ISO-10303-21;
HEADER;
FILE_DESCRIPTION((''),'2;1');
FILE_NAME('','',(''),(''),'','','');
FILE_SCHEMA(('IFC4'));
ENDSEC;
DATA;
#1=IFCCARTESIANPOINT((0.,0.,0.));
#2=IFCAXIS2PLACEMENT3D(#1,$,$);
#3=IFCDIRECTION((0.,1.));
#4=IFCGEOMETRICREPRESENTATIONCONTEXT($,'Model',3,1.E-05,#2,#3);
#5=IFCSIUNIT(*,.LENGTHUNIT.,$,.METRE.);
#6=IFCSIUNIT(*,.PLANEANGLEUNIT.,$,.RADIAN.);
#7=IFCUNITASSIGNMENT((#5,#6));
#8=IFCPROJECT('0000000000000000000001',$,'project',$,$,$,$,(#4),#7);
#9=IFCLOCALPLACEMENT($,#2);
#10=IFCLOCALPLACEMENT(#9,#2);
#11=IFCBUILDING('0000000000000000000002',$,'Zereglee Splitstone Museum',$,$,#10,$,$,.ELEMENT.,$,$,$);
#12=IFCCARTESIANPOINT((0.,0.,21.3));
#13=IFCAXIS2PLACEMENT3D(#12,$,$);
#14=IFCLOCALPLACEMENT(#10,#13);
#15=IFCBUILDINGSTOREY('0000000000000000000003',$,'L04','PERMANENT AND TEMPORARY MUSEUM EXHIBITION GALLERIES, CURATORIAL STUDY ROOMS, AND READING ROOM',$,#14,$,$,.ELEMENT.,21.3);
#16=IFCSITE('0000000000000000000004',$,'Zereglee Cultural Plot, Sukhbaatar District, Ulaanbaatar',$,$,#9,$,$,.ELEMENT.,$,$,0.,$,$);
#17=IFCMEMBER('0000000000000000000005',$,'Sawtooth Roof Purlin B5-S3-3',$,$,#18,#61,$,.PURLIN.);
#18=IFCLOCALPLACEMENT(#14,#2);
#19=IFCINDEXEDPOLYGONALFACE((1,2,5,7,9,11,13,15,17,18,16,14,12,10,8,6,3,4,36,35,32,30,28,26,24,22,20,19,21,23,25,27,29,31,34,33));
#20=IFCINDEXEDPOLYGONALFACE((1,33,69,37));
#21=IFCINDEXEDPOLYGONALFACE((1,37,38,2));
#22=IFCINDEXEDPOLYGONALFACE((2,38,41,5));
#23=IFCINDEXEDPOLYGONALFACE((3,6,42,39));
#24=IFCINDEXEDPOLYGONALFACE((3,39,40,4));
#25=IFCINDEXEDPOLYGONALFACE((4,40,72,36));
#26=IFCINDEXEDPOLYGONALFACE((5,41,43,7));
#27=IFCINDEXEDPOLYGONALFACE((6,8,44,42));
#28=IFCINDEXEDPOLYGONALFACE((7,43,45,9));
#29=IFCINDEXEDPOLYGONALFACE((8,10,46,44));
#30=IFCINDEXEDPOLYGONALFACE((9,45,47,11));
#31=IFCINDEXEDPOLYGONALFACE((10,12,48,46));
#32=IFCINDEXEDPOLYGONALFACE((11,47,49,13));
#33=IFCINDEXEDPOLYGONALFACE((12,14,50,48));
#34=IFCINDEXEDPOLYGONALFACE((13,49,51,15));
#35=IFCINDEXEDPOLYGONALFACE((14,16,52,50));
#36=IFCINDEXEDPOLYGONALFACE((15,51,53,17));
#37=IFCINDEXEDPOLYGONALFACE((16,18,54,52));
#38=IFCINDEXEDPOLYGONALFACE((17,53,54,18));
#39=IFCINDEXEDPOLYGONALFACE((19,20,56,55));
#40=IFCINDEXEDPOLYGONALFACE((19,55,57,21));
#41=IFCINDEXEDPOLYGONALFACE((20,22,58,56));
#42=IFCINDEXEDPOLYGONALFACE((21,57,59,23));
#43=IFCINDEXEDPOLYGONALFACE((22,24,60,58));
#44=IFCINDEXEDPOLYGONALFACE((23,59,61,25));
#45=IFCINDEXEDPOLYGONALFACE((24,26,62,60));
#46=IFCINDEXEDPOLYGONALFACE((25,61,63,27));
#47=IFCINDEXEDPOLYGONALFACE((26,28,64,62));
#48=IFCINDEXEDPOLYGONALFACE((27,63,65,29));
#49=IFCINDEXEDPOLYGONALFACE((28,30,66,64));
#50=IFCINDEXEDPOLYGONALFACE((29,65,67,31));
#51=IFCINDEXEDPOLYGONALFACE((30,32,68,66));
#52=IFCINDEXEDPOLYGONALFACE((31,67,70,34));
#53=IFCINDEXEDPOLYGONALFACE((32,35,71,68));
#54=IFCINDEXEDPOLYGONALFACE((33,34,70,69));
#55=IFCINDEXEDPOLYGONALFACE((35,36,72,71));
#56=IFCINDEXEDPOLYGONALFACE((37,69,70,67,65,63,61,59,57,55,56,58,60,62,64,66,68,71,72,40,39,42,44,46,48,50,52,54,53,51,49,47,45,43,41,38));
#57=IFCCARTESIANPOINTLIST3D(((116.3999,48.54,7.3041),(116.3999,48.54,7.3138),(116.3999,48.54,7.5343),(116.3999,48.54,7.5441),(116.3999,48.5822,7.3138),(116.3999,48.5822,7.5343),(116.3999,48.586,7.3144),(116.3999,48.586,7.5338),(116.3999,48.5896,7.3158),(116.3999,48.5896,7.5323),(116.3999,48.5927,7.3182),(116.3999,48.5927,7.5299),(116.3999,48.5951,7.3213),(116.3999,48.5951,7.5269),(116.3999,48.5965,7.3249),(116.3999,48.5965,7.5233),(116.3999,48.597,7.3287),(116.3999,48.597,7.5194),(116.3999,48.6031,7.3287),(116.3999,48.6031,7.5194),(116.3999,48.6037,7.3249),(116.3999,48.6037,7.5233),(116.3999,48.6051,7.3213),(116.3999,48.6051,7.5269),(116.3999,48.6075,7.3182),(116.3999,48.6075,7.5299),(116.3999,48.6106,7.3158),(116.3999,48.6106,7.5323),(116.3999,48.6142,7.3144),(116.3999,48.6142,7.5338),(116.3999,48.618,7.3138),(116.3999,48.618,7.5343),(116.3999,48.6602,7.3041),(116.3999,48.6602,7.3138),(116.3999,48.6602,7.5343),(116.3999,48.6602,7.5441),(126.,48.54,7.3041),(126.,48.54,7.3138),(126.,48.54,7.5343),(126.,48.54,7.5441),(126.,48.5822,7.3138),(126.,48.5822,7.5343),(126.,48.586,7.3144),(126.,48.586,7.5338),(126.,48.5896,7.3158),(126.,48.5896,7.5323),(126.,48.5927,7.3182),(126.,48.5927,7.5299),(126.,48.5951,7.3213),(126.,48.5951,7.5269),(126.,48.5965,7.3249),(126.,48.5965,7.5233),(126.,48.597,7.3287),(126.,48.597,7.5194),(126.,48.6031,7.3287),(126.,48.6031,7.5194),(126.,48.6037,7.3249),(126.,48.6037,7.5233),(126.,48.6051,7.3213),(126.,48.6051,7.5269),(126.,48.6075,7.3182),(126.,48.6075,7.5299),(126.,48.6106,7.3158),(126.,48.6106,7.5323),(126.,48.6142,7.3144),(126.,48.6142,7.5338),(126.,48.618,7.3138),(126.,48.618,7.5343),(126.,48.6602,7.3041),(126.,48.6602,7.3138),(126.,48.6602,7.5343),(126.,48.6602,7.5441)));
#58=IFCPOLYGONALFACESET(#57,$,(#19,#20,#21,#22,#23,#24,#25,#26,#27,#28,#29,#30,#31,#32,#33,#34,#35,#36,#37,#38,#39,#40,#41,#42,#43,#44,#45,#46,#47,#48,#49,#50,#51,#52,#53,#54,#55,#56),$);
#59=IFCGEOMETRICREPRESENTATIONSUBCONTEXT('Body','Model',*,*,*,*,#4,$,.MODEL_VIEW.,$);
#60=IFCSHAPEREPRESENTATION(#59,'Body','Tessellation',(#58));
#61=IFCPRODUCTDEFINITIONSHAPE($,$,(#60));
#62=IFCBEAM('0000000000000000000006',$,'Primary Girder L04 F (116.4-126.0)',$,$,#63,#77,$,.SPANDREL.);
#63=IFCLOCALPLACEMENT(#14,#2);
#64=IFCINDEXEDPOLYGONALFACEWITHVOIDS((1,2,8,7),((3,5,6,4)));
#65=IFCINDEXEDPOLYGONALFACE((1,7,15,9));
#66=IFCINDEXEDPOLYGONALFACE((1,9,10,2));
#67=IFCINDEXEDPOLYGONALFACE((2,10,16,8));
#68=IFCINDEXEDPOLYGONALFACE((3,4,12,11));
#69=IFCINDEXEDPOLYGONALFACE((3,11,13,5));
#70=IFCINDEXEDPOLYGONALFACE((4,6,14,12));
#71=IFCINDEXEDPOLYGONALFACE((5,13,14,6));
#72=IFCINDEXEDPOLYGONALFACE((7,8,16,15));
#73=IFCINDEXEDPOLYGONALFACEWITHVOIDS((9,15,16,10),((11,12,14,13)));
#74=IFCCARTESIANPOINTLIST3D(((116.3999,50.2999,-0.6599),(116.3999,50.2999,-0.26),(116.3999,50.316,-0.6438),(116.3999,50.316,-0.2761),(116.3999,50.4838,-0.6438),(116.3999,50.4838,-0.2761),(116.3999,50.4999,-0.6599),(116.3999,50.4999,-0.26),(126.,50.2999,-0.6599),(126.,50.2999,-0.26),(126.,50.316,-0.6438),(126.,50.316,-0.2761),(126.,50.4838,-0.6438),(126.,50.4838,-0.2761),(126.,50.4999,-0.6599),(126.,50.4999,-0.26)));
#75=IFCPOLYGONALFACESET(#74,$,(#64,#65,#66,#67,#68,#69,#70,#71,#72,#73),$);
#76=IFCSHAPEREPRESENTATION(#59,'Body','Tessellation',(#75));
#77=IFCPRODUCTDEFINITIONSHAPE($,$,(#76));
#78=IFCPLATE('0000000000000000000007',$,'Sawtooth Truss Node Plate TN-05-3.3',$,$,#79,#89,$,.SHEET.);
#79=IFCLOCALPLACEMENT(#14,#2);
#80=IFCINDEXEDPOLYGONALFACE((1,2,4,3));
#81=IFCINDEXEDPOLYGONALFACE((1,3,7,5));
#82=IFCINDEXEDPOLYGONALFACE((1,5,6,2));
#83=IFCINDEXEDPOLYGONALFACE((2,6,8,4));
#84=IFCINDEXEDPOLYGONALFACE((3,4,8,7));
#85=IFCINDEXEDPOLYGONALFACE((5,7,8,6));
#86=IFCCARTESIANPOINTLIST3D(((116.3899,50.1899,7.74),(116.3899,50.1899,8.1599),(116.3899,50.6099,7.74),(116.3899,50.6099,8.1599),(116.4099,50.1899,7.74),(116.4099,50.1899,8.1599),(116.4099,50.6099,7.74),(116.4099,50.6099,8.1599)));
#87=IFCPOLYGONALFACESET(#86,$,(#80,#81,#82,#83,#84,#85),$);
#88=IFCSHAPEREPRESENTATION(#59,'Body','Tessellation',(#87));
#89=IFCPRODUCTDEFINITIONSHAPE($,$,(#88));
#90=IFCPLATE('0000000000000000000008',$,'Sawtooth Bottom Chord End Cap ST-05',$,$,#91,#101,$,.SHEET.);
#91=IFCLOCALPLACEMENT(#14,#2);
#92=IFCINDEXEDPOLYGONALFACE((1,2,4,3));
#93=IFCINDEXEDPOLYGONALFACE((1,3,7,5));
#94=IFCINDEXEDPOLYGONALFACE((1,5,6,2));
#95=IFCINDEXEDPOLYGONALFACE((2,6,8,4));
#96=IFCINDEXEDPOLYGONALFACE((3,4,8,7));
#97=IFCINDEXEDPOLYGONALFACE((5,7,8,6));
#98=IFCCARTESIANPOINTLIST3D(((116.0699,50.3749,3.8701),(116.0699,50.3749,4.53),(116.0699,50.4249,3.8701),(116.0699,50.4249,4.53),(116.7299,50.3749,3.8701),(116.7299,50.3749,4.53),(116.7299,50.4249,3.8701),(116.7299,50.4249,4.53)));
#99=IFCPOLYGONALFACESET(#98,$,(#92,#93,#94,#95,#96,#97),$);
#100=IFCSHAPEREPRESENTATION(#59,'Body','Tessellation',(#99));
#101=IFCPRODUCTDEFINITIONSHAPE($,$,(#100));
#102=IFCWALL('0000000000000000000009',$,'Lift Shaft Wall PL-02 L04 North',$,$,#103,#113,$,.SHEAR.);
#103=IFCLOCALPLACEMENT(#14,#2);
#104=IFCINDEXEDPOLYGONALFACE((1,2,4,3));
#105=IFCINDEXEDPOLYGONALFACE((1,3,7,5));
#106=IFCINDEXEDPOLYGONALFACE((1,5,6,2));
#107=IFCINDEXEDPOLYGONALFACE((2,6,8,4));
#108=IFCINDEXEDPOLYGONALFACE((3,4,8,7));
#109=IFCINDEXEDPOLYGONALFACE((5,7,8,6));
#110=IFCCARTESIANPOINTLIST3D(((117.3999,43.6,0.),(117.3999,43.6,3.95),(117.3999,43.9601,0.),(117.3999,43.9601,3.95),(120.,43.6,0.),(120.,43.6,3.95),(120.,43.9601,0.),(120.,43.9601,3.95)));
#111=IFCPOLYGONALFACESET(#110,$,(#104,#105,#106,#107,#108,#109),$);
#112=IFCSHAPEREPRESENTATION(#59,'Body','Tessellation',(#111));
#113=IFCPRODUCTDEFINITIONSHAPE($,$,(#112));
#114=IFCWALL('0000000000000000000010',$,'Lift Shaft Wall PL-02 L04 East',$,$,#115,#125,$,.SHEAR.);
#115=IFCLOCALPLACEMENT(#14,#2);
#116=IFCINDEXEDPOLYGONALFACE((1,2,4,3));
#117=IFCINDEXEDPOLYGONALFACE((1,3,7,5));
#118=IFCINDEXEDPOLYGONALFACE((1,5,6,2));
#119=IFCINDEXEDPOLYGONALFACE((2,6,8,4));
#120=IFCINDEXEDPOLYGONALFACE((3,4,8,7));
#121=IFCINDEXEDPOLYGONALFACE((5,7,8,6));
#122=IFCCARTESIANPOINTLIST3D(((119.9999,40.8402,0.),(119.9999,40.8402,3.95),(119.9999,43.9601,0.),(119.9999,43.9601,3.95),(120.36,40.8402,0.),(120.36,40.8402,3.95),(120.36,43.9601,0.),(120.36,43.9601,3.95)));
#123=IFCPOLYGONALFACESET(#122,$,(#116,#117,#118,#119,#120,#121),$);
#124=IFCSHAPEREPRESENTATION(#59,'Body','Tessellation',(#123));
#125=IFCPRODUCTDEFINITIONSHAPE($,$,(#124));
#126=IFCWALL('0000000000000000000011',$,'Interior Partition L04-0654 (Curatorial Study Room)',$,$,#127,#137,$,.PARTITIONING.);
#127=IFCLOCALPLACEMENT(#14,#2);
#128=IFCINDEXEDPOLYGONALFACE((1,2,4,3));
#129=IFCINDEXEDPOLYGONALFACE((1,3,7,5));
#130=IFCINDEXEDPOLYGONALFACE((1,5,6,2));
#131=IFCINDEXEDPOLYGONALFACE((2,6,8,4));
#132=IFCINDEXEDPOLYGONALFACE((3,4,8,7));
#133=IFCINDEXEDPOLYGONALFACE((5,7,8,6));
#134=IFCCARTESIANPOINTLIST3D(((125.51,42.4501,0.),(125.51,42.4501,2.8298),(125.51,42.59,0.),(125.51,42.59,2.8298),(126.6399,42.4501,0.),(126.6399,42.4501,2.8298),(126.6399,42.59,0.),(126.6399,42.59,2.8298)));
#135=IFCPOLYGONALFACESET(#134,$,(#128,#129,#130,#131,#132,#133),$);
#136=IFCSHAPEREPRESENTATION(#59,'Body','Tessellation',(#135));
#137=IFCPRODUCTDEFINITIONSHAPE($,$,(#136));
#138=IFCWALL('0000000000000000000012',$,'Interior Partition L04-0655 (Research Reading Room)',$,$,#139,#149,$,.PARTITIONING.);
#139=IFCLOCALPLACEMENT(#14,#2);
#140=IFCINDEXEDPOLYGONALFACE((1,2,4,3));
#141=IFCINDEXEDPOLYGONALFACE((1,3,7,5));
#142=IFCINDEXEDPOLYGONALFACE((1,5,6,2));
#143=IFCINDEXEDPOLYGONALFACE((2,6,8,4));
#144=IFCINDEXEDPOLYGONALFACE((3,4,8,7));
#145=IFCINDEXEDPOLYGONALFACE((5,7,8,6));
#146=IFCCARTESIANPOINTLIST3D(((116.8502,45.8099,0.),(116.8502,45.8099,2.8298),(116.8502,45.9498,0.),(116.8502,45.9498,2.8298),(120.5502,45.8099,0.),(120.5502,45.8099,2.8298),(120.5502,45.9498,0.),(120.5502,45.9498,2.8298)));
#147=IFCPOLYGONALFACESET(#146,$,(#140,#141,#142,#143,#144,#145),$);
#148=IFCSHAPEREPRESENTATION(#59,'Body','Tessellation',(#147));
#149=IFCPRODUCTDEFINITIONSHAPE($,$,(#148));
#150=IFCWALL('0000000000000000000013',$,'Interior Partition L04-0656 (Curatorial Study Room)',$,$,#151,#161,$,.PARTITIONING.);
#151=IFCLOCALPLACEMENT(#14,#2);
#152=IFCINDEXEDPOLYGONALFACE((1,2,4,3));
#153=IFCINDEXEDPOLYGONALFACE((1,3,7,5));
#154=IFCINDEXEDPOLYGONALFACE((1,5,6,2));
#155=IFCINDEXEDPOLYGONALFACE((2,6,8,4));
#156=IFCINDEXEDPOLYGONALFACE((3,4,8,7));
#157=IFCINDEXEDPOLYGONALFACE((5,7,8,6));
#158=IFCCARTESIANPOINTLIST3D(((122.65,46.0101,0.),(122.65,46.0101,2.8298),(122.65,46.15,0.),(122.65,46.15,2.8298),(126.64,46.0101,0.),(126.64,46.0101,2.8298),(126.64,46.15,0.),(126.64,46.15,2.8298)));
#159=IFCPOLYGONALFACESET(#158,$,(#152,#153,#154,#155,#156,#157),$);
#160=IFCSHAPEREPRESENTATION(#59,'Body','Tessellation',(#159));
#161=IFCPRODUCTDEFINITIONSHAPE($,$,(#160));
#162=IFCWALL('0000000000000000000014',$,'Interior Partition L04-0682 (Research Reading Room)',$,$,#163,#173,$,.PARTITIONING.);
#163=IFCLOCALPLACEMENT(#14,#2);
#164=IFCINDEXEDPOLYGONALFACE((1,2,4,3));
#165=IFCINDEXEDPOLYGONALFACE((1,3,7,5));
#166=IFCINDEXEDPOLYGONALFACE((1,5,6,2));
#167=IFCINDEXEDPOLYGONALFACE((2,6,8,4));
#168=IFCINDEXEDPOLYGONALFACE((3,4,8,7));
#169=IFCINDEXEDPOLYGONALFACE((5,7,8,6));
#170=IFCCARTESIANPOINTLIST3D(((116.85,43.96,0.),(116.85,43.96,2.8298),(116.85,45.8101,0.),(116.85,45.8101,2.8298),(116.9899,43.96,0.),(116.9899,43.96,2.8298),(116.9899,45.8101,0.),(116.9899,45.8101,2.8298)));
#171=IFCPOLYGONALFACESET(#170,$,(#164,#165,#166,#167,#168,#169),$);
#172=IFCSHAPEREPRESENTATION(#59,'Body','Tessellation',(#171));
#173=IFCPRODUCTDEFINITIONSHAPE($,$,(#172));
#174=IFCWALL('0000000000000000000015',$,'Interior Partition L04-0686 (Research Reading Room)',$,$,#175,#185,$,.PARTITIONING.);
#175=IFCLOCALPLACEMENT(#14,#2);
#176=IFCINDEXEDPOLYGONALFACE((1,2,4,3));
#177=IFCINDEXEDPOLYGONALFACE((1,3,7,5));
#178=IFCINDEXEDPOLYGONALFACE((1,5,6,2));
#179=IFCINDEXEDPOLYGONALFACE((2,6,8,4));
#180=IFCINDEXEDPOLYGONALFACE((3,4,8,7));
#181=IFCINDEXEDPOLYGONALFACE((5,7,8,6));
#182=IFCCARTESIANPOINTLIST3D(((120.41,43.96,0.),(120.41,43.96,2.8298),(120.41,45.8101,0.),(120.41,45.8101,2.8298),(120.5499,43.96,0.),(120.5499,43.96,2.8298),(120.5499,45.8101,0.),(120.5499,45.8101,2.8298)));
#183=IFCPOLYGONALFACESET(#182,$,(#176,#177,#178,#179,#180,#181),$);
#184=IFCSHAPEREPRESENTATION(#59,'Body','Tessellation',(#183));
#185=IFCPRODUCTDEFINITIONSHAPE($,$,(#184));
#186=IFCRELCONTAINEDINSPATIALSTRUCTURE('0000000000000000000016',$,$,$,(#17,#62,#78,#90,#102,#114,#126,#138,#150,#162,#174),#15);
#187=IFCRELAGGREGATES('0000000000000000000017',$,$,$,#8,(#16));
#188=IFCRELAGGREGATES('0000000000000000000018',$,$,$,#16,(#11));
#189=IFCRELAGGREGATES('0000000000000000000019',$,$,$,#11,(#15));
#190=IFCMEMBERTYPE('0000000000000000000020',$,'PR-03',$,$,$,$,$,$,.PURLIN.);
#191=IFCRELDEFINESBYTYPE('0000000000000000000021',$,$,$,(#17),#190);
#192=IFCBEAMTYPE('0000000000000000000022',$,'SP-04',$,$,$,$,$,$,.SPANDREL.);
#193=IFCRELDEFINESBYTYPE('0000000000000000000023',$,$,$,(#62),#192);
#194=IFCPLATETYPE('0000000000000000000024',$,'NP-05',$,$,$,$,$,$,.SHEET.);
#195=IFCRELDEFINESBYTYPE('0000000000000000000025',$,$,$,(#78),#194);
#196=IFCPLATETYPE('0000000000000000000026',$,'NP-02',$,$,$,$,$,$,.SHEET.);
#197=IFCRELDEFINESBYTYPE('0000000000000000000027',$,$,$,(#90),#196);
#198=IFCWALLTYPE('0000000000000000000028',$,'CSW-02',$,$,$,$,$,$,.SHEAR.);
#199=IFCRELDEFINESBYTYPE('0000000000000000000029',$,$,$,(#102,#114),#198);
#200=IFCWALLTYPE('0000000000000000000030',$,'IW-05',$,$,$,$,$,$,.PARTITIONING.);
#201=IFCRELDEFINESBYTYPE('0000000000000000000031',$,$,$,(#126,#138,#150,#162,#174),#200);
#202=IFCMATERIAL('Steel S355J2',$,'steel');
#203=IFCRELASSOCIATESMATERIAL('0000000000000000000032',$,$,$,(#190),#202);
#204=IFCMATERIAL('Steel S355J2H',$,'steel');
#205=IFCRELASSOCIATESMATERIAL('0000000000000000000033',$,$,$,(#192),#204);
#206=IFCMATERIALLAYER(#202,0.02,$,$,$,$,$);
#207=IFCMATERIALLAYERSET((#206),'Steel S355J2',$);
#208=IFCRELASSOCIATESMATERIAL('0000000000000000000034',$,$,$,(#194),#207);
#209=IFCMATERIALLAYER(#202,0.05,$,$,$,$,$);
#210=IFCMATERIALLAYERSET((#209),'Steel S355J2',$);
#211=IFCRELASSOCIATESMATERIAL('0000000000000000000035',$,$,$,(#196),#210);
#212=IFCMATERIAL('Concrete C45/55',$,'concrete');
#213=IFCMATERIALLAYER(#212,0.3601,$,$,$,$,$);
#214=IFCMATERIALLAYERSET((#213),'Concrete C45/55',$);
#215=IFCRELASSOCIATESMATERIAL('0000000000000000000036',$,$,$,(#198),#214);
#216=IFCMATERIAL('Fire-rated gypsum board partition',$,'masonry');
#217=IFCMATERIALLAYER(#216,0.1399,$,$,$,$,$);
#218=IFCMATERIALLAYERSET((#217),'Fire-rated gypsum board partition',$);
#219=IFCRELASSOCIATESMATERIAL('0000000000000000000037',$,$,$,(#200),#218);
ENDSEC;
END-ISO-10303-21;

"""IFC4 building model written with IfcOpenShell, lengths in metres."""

from ifc_helpers import new_model, si_unit, direction, frame, frame_2d, origin, origin_2d, place, context, subcontext, project, spatial, rectangle, hollow_rectangle, i_section, extrude, material, layer, layer_set, material_profile, profile_set, type_object, element, save


model = new_model("IFC4")

# Units and contexts
model_context = context("Model", 3, precision=1e-05, world=origin(), true_north=direction((0.0, 1.0)))
body_context = subcontext(model_context, "Body", "Model", "MODEL_VIEW")
ifc_project = project(units=[si_unit("LENGTHUNIT", "METRE"), si_unit("PLANEANGLEUNIT", "RADIAN")], contexts=[model_context])

# Site, building, storey
site_placement = place(None, origin())
site = spatial("IfcSite", under=ifc_project, at=site_placement, Name="Zereglee Cultural Plot, Sukhbaatar District, Ulaanbaatar", CompositionType="ELEMENT", RefElevation=0.0)
building_placement = place(site_placement, origin())
building = spatial("IfcBuilding", under=site, at=building_placement, Name="Zereglee Splitstone Museum", CompositionType="ELEMENT")
storey_placement = place(building_placement, frame((0.0, 0.0, 21.3)))
storey = spatial("IfcBuildingStorey", under=building, at=storey_placement, Name="L04", Description="PERMANENT AND TEMPORARY MUSEUM EXHIBITION GALLERIES, CURATORIAL STUDY ROOMS, AND READING ROOM", CompositionType="ELEMENT", Elevation=21.3)

# Shared definitions
ifc_material_1 = material(Name="Steel S355J2", Category="steel")

# Shared definitions
ifc_material_2 = material(Name="Steel S355J2H", Category="steel")

# Member
ifc_material_profile_1 = material_profile(ifc_material_1, i_section(OverallWidth=0.1201, OverallDepth=0.24, WebThickness=0.0061, FlangeThickness=0.0098, FilletRadius=0.0149, at=origin_2d()), Name="IPE 240")
ifc_profile_set_1 = profile_set([ifc_material_profile_1], Name="Steel S355J2")
member_type_1 = type_object("IfcMemberType", Name="PR-03", PredefinedType="PURLIN", material=ifc_profile_set_1)
for number, where, z_axis, x_axis, name in (
    (1, (116.3999, 48.6001, 7.4241), (1.0, 0.0, 0.0), (0.0, 1.0, 0.0), "Sawtooth Roof Purlin B5-S3-3"),
):
    element("IfcMember", number, at=place(storey_placement, frame(where, z_axis=z_axis, x_axis=x_axis)), inside=storey, type_object=member_type_1, Name=name, PredefinedType="PURLIN", context=body_context, shape_type="SweptSolid", body=[
        extrude(i_section(OverallWidth=0.1201, OverallDepth=0.24, WebThickness=0.0061, FlangeThickness=0.0098, FilletRadius=0.0149, at=origin_2d()), origin(), (0.0, 0.0, 1.0), 9.6001),
    ])

# Beam
ifc_material_profile_2 = material_profile(ifc_material_2, hollow_rectangle(XDim=0.2, YDim=0.3999, WallThickness=0.0161, at=origin_2d()), Name="RHS 400x200x16")
ifc_profile_set_2 = profile_set([ifc_material_profile_2], Name="Steel S355J2H")
beam_type_1 = type_object("IfcBeamType", Name="SP-04", PredefinedType="SPANDREL", material=ifc_profile_set_2)
beam_1_placement = place(storey_placement, frame((116.3999, 50.3999, -0.46), z_axis=(1.0, 0.0, 0.0), x_axis=(0.0, 1.0, 0.0)))
element("IfcBeam", 2, at=beam_1_placement, inside=storey, type_object=beam_type_1, Name="Primary Girder L04 F (116.4-126.0)", PredefinedType="SPANDREL", context=body_context, shape_type="SweptSolid", body=[
    extrude(hollow_rectangle(XDim=0.2, YDim=0.3999, WallThickness=0.0161, at=origin_2d()), origin(), (0.0, 0.0, 1.0), 9.6001),
])

# Plates
ifc_layer_1 = layer(ifc_material_1, 0.02)
ifc_layer_set_1 = layer_set([ifc_layer_1], Name="Steel S355J2")
plate_type_1 = type_object("IfcPlateType", Name="NP-05", PredefinedType="SHEET", material=ifc_layer_set_1)
plate_1_placement = place(storey_placement, frame((116.3999, 50.3999, 7.74), z_axis=(0.0, 0.0, 1.0), x_axis=(1.0, 0.0, 0.0)))
element("IfcPlate", 3, at=plate_1_placement, inside=storey, type_object=plate_type_1, Name="Sawtooth Truss Node Plate TN-05-3.3", PredefinedType="SHEET", context=body_context, shape_type="SweptSolid", body=[
    extrude(rectangle(XDim=0.02, YDim=0.4199, at=origin_2d()), origin(), (0.0, 0.0, 1.0), 0.4199),
])
ifc_layer_2 = layer(ifc_material_1, 0.05)
ifc_layer_set_2 = layer_set([ifc_layer_2], Name="Steel S355J2")
plate_type_2 = type_object("IfcPlateType", Name="NP-02", PredefinedType="SHEET", material=ifc_layer_set_2)
plate_2_placement = place(storey_placement, frame((116.3999, 50.3999, 3.8701), z_axis=(0.0, 0.0, 1.0), x_axis=(1.0, 0.0, 0.0)))
element("IfcPlate", 4, at=plate_2_placement, inside=storey, type_object=plate_type_2, Name="Sawtooth Bottom Chord End Cap ST-05", PredefinedType="SHEET", context=body_context, shape_type="SweptSolid", body=[
    extrude(rectangle(XDim=0.6599, YDim=0.05, at=origin_2d()), origin(), (0.0, 0.0, 1.0), 0.6599),
])

# Wall
ifc_material_3 = material(Name="Concrete C45/55", Category="concrete")
ifc_layer_3 = layer(ifc_material_3, 0.3601)
ifc_layer_set_3 = layer_set([ifc_layer_3], Name="Concrete C45/55")
wall_type_1 = type_object("IfcWallType", Name="CSW-02", PredefinedType="SHEAR", material=ifc_layer_set_3)
wall_1_placement = place(storey_placement, frame((117.3999, 43.78, 0.0), z_axis=(0.0, 0.0, 1.0), x_axis=(1.0, 0.0, 0.0)))
element("IfcWall", 5, at=wall_1_placement, inside=storey, type_object=wall_type_1, Name="Lift Shaft Wall PL-02 L04 North", PredefinedType="SHEAR", context=body_context, shape_type="SweptSolid", body=[
    extrude(rectangle(XDim=2.6001, YDim=0.3601, at=frame_2d((1.3, 0.0))), origin(), (0.0, 0.0, 1.0), 3.95),
])

# Walls
wall_2_placement = place(storey_placement, frame((120.1799, 40.8401, 0.0), z_axis=(0.0, 0.0, 1.0), x_axis=(0.0, 1.0, 0.0)))
element("IfcWall", 6, at=wall_2_placement, inside=storey, type_object=wall_type_1, Name="Lift Shaft Wall PL-02 L04 East", PredefinedType="SHEAR", context=body_context, shape_type="SweptSolid", body=[
    extrude(rectangle(XDim=3.1199, YDim=0.3601, at=frame_2d((1.5601, 0.0))), origin(), (0.0, 0.0, 1.0), 3.95),
])
ifc_material_4 = material(Name="Fire-rated gypsum board partition", Category="masonry")
ifc_layer_4 = layer(ifc_material_4, 0.1399)
ifc_layer_set_4 = layer_set([ifc_layer_4], Name="Fire-rated gypsum board partition")
wall_type_2 = type_object("IfcWallType", Name="IW-05", PredefinedType="PARTITIONING", material=ifc_layer_set_4)
wall_3_placement = place(storey_placement, frame((125.51, 42.52, 0.0), z_axis=(0.0, 0.0, 1.0), x_axis=(1.0, 0.0, 0.0)))
element("IfcWall", 7, at=wall_3_placement, inside=storey, type_object=wall_type_2, Name="Interior Partition L04-0654 (Curatorial Study Room)", PredefinedType="PARTITIONING", context=body_context, shape_type="SweptSolid", body=[
    extrude(rectangle(XDim=1.1299, YDim=0.1399, at=frame_2d((0.5649, 0.0))), origin(), (0.0, 0.0, 1.0), 2.8298),
])
wall_4_placement = place(storey_placement, frame((116.8501, 45.8799, 0.0), z_axis=(0.0, 0.0, 1.0), x_axis=(1.0, 0.0, 0.0)))
element("IfcWall", 8, at=wall_4_placement, inside=storey, type_object=wall_type_2, Name="Interior Partition L04-0655 (Research Reading Room)", PredefinedType="PARTITIONING", context=body_context, shape_type="SweptSolid", body=[
    extrude(rectangle(XDim=3.7, YDim=0.1399, at=frame_2d((1.8501, 0.0))), origin(), (0.0, 0.0, 1.0), 2.8298),
])
wall_5_placement = place(storey_placement, frame((122.6499, 46.0801, 0.0), z_axis=(0.0, 0.0, 1.0), x_axis=(1.0, 0.0, 0.0)))
element("IfcWall", 9, at=wall_5_placement, inside=storey, type_object=wall_type_2, Name="Interior Partition L04-0656 (Curatorial Study Room)", PredefinedType="PARTITIONING", context=body_context, shape_type="SweptSolid", body=[
    extrude(rectangle(XDim=3.99, YDim=0.1399, at=frame_2d((1.9951, 0.0))), origin(), (0.0, 0.0, 1.0), 2.8298),
])
for number, where, z_axis, x_axis, name in (
    (10, (116.9199, 43.96, 0.0), (0.0, 0.0, 1.0), (0.0, 1.0, 0.0), "Interior Partition L04-0682 (Research Reading Room)"),
    (11, (120.48, 43.96, 0.0), (0.0, 0.0, 1.0), (0.0, 1.0, 0.0), "Interior Partition L04-0686 (Research Reading Room)"),
):
    element("IfcWall", number, at=place(storey_placement, frame(where, z_axis=z_axis, x_axis=x_axis)), inside=storey, type_object=wall_type_2, Name=name, PredefinedType="PARTITIONING", context=body_context, shape_type="SweptSolid", body=[
        extrude(rectangle(XDim=1.8501, YDim=0.1399, at=frame_2d((0.925, 0.0))), origin(), (0.0, 0.0, 1.0), 2.8298),
    ])

save(model, "model.ifc")
